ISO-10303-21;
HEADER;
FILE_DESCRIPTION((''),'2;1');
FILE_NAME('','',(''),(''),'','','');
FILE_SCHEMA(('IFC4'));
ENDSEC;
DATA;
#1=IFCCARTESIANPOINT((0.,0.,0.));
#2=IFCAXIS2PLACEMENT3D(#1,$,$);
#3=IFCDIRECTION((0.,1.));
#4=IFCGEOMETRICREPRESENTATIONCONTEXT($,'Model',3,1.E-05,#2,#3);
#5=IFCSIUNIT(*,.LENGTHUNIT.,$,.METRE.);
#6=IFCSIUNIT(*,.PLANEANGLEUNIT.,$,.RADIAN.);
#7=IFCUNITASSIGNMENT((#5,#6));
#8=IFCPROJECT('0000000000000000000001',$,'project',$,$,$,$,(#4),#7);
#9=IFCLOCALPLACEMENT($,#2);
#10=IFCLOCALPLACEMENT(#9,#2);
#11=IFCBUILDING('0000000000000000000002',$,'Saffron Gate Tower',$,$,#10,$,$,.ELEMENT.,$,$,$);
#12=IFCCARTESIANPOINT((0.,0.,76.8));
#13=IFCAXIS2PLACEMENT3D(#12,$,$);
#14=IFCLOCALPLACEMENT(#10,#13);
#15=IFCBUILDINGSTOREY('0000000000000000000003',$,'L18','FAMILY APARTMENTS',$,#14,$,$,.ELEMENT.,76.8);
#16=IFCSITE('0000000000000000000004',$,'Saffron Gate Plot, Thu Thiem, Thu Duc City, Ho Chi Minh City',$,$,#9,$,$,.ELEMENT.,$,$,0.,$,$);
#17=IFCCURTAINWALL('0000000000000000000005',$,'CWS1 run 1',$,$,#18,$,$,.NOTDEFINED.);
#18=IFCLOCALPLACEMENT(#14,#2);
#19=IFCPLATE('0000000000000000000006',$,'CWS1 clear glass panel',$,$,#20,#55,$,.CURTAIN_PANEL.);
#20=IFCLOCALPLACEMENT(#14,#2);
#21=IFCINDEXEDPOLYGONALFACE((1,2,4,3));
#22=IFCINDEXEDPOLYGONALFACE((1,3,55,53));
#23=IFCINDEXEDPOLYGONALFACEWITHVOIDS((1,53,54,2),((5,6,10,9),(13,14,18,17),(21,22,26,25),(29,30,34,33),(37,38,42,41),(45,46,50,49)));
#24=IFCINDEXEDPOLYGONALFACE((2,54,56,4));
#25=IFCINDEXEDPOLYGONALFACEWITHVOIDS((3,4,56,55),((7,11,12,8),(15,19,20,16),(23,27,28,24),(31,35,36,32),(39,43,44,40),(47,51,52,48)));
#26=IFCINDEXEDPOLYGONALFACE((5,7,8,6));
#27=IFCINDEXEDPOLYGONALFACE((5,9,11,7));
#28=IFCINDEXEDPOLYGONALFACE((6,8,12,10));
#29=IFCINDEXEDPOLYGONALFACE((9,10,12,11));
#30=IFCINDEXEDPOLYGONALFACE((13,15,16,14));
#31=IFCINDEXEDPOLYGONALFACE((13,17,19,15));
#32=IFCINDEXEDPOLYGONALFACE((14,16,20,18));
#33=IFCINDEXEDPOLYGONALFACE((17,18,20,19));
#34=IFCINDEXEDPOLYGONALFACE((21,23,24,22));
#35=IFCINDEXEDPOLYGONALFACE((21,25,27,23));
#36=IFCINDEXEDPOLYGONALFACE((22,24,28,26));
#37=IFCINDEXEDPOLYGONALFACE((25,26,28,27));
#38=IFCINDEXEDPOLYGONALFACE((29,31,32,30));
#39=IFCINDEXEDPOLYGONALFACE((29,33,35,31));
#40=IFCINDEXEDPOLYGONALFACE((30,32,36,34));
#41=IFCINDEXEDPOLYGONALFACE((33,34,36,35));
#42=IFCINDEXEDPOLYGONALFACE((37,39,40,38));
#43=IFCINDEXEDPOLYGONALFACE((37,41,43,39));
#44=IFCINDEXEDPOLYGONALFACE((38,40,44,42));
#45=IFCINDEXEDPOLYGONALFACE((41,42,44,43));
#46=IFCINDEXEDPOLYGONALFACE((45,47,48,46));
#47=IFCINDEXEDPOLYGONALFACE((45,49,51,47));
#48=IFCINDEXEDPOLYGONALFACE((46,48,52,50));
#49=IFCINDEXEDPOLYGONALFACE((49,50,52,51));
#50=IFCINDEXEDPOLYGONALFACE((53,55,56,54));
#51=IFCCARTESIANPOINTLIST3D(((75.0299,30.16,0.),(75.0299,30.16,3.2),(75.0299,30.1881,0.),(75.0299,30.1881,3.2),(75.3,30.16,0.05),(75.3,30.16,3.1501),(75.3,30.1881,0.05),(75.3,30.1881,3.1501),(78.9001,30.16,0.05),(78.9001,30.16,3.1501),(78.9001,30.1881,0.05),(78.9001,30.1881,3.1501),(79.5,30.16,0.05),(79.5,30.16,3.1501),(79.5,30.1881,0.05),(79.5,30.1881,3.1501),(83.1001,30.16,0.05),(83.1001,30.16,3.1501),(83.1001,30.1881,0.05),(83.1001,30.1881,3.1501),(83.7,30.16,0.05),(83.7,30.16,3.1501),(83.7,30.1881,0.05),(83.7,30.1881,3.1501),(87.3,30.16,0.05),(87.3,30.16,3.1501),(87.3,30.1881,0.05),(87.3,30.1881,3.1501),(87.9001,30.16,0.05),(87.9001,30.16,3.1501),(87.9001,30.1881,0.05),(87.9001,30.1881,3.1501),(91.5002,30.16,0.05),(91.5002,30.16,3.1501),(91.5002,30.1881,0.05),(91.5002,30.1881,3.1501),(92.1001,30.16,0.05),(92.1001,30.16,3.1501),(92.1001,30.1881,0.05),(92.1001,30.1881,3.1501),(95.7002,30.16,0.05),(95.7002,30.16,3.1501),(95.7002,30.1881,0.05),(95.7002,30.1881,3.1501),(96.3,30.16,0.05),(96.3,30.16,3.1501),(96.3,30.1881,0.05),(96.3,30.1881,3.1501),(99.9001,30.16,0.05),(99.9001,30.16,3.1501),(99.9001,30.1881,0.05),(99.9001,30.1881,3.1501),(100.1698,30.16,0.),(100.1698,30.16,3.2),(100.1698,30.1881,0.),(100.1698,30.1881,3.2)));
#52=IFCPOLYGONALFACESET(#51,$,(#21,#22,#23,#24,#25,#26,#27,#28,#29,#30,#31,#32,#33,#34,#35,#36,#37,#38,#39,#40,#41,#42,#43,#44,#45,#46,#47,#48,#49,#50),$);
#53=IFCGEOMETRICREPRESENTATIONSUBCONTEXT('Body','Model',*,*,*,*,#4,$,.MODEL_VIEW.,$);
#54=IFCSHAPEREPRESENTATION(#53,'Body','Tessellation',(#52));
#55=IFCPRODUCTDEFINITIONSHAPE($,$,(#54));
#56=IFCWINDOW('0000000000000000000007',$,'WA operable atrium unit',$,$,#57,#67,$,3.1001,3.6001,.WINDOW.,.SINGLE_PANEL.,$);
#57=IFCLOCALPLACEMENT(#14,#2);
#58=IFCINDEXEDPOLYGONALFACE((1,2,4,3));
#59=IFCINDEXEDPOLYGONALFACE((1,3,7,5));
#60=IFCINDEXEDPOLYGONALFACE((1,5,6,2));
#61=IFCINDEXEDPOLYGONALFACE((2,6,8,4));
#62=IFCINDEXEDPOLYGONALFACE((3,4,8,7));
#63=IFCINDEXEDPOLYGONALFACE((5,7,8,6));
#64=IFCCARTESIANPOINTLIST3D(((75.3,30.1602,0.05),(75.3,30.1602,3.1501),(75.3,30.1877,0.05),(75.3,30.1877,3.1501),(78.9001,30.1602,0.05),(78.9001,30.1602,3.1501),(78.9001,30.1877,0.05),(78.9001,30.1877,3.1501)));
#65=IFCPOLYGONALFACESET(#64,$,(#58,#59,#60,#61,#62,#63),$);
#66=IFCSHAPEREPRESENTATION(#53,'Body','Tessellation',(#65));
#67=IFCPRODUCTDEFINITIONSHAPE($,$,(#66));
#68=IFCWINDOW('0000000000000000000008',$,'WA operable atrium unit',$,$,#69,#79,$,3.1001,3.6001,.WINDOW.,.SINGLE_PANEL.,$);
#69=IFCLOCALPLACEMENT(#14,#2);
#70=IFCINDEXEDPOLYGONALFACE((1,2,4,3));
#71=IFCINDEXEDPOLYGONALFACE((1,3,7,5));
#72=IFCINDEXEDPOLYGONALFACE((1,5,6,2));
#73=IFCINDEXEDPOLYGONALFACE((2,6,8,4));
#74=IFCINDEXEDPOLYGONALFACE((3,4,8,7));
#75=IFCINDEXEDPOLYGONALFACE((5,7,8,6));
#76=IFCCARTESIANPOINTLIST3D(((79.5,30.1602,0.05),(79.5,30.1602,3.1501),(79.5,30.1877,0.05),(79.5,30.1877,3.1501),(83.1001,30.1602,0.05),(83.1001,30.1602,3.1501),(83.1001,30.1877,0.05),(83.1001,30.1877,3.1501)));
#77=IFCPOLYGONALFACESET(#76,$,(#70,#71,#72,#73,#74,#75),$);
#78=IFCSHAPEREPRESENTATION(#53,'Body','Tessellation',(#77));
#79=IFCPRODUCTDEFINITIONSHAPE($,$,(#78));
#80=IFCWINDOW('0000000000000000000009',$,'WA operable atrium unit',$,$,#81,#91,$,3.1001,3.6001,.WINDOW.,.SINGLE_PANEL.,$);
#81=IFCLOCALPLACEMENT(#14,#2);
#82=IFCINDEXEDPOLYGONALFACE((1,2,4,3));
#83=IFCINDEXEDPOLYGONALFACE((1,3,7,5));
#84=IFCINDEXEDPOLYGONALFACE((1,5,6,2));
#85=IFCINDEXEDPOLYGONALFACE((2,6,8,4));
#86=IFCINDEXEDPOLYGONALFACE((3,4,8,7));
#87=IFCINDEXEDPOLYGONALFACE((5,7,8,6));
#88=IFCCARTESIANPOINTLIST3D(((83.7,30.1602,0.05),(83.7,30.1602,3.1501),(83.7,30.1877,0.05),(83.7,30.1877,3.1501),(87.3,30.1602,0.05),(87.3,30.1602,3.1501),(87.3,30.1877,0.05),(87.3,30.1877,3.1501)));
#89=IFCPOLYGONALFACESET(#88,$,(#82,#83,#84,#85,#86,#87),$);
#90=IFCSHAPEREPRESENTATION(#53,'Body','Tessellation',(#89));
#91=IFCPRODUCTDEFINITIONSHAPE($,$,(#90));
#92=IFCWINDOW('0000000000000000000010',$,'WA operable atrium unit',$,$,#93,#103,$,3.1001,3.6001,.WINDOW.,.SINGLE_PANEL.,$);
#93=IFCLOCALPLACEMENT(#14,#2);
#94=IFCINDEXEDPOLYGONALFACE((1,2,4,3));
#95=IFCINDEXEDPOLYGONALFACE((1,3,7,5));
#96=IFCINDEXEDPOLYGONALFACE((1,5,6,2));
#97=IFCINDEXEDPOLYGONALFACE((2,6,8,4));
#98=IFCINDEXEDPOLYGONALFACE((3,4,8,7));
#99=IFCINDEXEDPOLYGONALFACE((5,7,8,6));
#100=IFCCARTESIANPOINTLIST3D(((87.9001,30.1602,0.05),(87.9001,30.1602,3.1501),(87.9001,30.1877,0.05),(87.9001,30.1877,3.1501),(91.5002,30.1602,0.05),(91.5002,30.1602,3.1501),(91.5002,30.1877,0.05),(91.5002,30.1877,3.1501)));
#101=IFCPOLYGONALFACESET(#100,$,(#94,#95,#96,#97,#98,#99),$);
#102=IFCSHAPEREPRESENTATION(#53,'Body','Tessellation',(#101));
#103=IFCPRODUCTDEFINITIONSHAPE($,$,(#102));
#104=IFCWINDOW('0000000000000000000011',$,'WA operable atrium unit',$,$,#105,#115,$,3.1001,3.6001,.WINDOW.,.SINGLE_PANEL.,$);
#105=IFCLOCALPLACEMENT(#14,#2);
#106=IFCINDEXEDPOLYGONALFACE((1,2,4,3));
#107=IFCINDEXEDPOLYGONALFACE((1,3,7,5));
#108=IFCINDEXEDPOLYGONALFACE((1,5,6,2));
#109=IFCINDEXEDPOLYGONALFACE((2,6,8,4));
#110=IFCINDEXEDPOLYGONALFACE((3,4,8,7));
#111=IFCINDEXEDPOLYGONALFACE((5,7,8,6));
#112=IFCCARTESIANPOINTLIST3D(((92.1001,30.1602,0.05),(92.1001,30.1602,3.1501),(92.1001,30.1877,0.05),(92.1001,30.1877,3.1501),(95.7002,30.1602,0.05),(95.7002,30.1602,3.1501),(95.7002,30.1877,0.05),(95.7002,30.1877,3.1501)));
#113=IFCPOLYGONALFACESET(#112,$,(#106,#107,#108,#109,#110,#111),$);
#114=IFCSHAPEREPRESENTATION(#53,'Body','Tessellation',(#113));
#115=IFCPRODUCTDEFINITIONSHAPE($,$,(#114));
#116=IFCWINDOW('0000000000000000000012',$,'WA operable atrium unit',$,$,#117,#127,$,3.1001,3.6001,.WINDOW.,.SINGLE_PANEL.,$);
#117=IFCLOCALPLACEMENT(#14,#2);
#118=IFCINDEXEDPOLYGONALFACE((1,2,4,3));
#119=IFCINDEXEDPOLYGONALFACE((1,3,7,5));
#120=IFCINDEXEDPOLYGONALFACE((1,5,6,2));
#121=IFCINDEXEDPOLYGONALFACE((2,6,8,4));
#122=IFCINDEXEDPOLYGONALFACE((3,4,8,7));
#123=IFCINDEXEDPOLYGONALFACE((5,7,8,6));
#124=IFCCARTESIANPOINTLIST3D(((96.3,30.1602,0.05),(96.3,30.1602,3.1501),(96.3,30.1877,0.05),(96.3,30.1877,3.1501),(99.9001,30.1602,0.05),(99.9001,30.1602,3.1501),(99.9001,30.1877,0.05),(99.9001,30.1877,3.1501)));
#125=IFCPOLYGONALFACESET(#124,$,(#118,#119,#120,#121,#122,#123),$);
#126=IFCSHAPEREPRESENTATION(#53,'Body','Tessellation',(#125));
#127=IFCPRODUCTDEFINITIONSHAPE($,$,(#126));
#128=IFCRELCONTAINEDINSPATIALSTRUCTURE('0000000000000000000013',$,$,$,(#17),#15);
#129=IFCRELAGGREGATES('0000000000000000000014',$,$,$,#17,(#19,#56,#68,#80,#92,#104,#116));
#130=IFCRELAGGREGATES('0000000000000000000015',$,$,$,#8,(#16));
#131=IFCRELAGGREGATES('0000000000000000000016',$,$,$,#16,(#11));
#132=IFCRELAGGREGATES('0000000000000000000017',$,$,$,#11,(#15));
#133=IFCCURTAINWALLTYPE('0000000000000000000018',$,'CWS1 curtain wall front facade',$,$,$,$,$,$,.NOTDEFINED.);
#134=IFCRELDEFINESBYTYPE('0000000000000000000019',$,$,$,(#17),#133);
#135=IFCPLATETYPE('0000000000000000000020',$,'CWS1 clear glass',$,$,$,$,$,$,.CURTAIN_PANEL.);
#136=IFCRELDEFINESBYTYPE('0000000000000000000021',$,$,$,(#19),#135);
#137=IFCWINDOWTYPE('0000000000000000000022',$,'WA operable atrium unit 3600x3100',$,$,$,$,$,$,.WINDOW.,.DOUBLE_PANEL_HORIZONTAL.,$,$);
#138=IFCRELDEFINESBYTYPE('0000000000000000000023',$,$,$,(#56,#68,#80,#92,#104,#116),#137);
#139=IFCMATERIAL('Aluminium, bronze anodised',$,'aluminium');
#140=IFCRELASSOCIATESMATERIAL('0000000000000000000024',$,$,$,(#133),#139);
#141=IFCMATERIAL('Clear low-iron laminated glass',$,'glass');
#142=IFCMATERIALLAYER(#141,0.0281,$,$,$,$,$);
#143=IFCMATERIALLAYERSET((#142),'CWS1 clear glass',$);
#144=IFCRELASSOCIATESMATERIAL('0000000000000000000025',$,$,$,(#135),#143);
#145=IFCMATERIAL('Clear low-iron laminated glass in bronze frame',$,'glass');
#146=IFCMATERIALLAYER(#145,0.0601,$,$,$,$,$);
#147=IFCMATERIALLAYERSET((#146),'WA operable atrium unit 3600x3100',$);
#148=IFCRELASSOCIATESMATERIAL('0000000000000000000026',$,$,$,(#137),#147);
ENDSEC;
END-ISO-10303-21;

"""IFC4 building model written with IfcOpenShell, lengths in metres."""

from ifc_helpers import new_model, si_unit, direction, frame, frame_2d, origin, place, context, subcontext, project, spatial, rectangle, extrude, material, layer, layer_set, type_object, element, fill, aggregate, save


model = new_model("IFC4")

# Units and contexts
model_context = context("Model", 3, precision=1e-05, world=origin(), true_north=direction((0.0, 1.0)))
body_context = subcontext(model_context, "Body", "Model", "MODEL_VIEW")
ifc_project = project(units=[si_unit("LENGTHUNIT", "METRE"), si_unit("PLANEANGLEUNIT", "RADIAN")], contexts=[model_context])

# Site, building, storey
site_placement = place(None, origin())
site = spatial("IfcSite", under=ifc_project, at=site_placement, Name="Saffron Gate Plot, Thu Thiem, Thu Duc City, Ho Chi Minh City", CompositionType="ELEMENT", RefElevation=0.0)
building_placement = place(site_placement, origin())
building = spatial("IfcBuilding", under=site, at=building_placement, Name="Saffron Gate Tower", CompositionType="ELEMENT")
storey_placement = place(building_placement, frame((0.0, 0.0, 76.8)))
storey = spatial("IfcBuildingStorey", under=building, at=storey_placement, Name="L18", Description="FAMILY APARTMENTS", CompositionType="ELEMENT", Elevation=76.8)

# Curtain wall, plate, openings, windows
ifc_material_1 = material(Name="Aluminium, bronze anodised", Category="aluminium")
curtain_wall_type = type_object("IfcCurtainWallType", Name="CWS1 curtain wall front facade", PredefinedType="NOTDEFINED", material=ifc_material_1)
curtain_wall_placement = place(storey_placement, origin())
curtain_wall = element("IfcCurtainWall", 1, at=curtain_wall_placement, inside=storey, type_object=curtain_wall_type, Name="CWS1 run 1", PredefinedType="NOTDEFINED")
ifc_material_2 = material(Name="Clear low-iron laminated glass", Category="glass")
ifc_layer_1 = layer(ifc_material_2, 0.0281)
ifc_layer_set_1 = layer_set([ifc_layer_1], Name="CWS1 clear glass")
plate_type = type_object("IfcPlateType", Name="CWS1 clear glass", PredefinedType="CURTAIN_PANEL", material=ifc_layer_set_1)
plate_placement = place(storey_placement, frame((75.03, 30.1741, 0.0), z_axis=(0.0, 0.0, 1.0), x_axis=(1.0, 0.0, 0.0)))
plate = element("IfcPlate", 2, at=plate_placement, type_object=plate_type, Name="CWS1 clear glass panel", PredefinedType="CURTAIN_PANEL", context=body_context, shape_type="SweptSolid", body=[
    extrude(rectangle(XDim=25.1399, YDim=0.0281, at=frame_2d((12.5698, 0.0))), origin(), (0.0, 0.0, 1.0), 3.2),
])
opening_1_placement = place(plate_placement, frame((0.27, 0.0, 0.05)))
opening_1 = element("IfcOpeningElement", 3, at=opening_1_placement, cuts=plate, PredefinedType="OPENING", context=body_context, shape_type="SweptSolid", body=[
    extrude(rectangle(XDim=3.6001, YDim=3.1001, at=frame_2d((1.8, 1.55))), frame((0.0, 0.0239, 0.0), z_axis=(0.0, -1.0, 0.0), x_axis=(1.0, 0.0, 0.0)), (0.0, 0.0, 1.0), 0.0481),
])
opening_2_placement = place(plate_placement, frame((4.47, 0.0, 0.05)))
opening_2 = element("IfcOpeningElement", 4, at=opening_2_placement, cuts=plate, PredefinedType="OPENING", context=body_context, shape_type="SweptSolid", body=[
    extrude(rectangle(XDim=3.6001, YDim=3.1001, at=frame_2d((1.8, 1.55))), frame((0.0, 0.0239, 0.0), z_axis=(0.0, -1.0, 0.0), x_axis=(1.0, 0.0, 0.0)), (0.0, 0.0, 1.0), 0.0481),
])
opening_3_placement = place(plate_placement, frame((8.6699, 0.0, 0.05)))
opening_3 = element("IfcOpeningElement", 5, at=opening_3_placement, cuts=plate, PredefinedType="OPENING", context=body_context, shape_type="SweptSolid", body=[
    extrude(rectangle(XDim=3.6001, YDim=3.1001, at=frame_2d((1.8, 1.55))), frame((0.0, 0.0239, 0.0), z_axis=(0.0, -1.0, 0.0), x_axis=(1.0, 0.0, 0.0)), (0.0, 0.0, 1.0), 0.0481),
])
opening_4_placement = place(plate_placement, frame((12.8701, 0.0, 0.05)))
opening_4 = element("IfcOpeningElement", 6, at=opening_4_placement, cuts=plate, PredefinedType="OPENING", context=body_context, shape_type="SweptSolid", body=[
    extrude(rectangle(XDim=3.6001, YDim=3.1001, at=frame_2d((1.8, 1.55))), frame((0.0, 0.0239, 0.0), z_axis=(0.0, -1.0, 0.0), x_axis=(1.0, 0.0, 0.0)), (0.0, 0.0, 1.0), 0.0481),
])
opening_5_placement = place(plate_placement, frame((17.0701, 0.0, 0.05)))
opening_5 = element("IfcOpeningElement", 7, at=opening_5_placement, cuts=plate, PredefinedType="OPENING", context=body_context, shape_type="SweptSolid", body=[
    extrude(rectangle(XDim=3.6001, YDim=3.1001, at=frame_2d((1.8, 1.55))), frame((0.0, 0.0239, 0.0), z_axis=(0.0, -1.0, 0.0), x_axis=(1.0, 0.0, 0.0)), (0.0, 0.0, 1.0), 0.0481),
])
opening_6_placement = place(plate_placement, frame((21.27, 0.0, 0.05)))
opening_6 = element("IfcOpeningElement", 8, at=opening_6_placement, cuts=plate, PredefinedType="OPENING", context=body_context, shape_type="SweptSolid", body=[
    extrude(rectangle(XDim=3.6001, YDim=3.1001, at=frame_2d((1.8, 1.55))), frame((0.0, 0.0239, 0.0), z_axis=(0.0, -1.0, 0.0), x_axis=(1.0, 0.0, 0.0)), (0.0, 0.0, 1.0), 0.0481),
])
ifc_material_3 = material(Name="Clear low-iron laminated glass in bronze frame", Category="glass")
ifc_layer_2 = layer(ifc_material_3, 0.0601)
ifc_layer_set_2 = layer_set([ifc_layer_2], Name="WA operable atrium unit 3600x3100")
window_type = type_object("IfcWindowType", Name="WA operable atrium unit 3600x3100", PartitioningType="DOUBLE_PANEL_HORIZONTAL", PredefinedType="WINDOW", material=ifc_layer_set_2)
window_1_placement = place(opening_1_placement, origin())
window_1 = element("IfcWindow", 9, at=window_1_placement, type_object=window_type, Name="WA operable atrium unit", OverallHeight=3.1001, OverallWidth=3.6001, PartitioningType="SINGLE_PANEL", PredefinedType="WINDOW", context=body_context, shape_type="SweptSolid", body=[
    extrude(rectangle(XDim=3.6001, YDim=3.1001, at=frame_2d((1.8, 1.55))), frame((0.0, 0.0137, 0.0), z_axis=(0.0, -1.0, 0.0), x_axis=(1.0, 0.0, 0.0)), (0.0, 0.0, 1.0), 0.0276),
])
fill(opening_1, window_1)
window_2_placement = place(opening_2_placement, origin())
window_2 = element("IfcWindow", 10, at=window_2_placement, type_object=window_type, Name="WA operable atrium unit", OverallHeight=3.1001, OverallWidth=3.6001, PartitioningType="SINGLE_PANEL", PredefinedType="WINDOW", context=body_context, shape_type="SweptSolid", body=[
    extrude(rectangle(XDim=3.6001, YDim=3.1001, at=frame_2d((1.8, 1.55))), frame((0.0, 0.0137, 0.0), z_axis=(0.0, -1.0, 0.0), x_axis=(1.0, 0.0, 0.0)), (0.0, 0.0, 1.0), 0.0276),
])
fill(opening_2, window_2)
window_3_placement = place(opening_3_placement, origin())
window_3 = element("IfcWindow", 11, at=window_3_placement, type_object=window_type, Name="WA operable atrium unit", OverallHeight=3.1001, OverallWidth=3.6001, PartitioningType="SINGLE_PANEL", PredefinedType="WINDOW", context=body_context, shape_type="SweptSolid", body=[
    extrude(rectangle(XDim=3.6001, YDim=3.1001, at=frame_2d((1.8, 1.55))), frame((0.0, 0.0137, 0.0), z_axis=(0.0, -1.0, 0.0), x_axis=(1.0, 0.0, 0.0)), (0.0, 0.0, 1.0), 0.0276),
])
fill(opening_3, window_3)
window_4_placement = place(opening_4_placement, origin())
window_4 = element("IfcWindow", 12, at=window_4_placement, type_object=window_type, Name="WA operable atrium unit", OverallHeight=3.1001, OverallWidth=3.6001, PartitioningType="SINGLE_PANEL", PredefinedType="WINDOW", context=body_context, shape_type="SweptSolid", body=[
    extrude(rectangle(XDim=3.6001, YDim=3.1001, at=frame_2d((1.8, 1.55))), frame((0.0, 0.0137, 0.0), z_axis=(0.0, -1.0, 0.0), x_axis=(1.0, 0.0, 0.0)), (0.0, 0.0, 1.0), 0.0276),
])
fill(opening_4, window_4)
window_5_placement = place(opening_5_placement, origin())
window_5 = element("IfcWindow", 13, at=window_5_placement, type_object=window_type, Name="WA operable atrium unit", OverallHeight=3.1001, OverallWidth=3.6001, PartitioningType="SINGLE_PANEL", PredefinedType="WINDOW", context=body_context, shape_type="SweptSolid", body=[
    extrude(rectangle(XDim=3.6001, YDim=3.1001, at=frame_2d((1.8, 1.55))), frame((0.0, 0.0137, 0.0), z_axis=(0.0, -1.0, 0.0), x_axis=(1.0, 0.0, 0.0)), (0.0, 0.0, 1.0), 0.0276),
])
fill(opening_5, window_5)
window_6_placement = place(opening_6_placement, origin())
window_6 = element("IfcWindow", 14, at=window_6_placement, type_object=window_type, Name="WA operable atrium unit", OverallHeight=3.1001, OverallWidth=3.6001, PartitioningType="SINGLE_PANEL", PredefinedType="WINDOW", context=body_context, shape_type="SweptSolid", body=[
    extrude(rectangle(XDim=3.6001, YDim=3.1001, at=frame_2d((1.8, 1.55))), frame((0.0, 0.0137, 0.0), z_axis=(0.0, -1.0, 0.0), x_axis=(1.0, 0.0, 0.0)), (0.0, 0.0, 1.0), 0.0276),
])
fill(opening_6, window_6)
aggregate(curtain_wall, [plate, window_1, window_2, window_3, window_4, window_5, window_6])

save(model, "model.ifc")
